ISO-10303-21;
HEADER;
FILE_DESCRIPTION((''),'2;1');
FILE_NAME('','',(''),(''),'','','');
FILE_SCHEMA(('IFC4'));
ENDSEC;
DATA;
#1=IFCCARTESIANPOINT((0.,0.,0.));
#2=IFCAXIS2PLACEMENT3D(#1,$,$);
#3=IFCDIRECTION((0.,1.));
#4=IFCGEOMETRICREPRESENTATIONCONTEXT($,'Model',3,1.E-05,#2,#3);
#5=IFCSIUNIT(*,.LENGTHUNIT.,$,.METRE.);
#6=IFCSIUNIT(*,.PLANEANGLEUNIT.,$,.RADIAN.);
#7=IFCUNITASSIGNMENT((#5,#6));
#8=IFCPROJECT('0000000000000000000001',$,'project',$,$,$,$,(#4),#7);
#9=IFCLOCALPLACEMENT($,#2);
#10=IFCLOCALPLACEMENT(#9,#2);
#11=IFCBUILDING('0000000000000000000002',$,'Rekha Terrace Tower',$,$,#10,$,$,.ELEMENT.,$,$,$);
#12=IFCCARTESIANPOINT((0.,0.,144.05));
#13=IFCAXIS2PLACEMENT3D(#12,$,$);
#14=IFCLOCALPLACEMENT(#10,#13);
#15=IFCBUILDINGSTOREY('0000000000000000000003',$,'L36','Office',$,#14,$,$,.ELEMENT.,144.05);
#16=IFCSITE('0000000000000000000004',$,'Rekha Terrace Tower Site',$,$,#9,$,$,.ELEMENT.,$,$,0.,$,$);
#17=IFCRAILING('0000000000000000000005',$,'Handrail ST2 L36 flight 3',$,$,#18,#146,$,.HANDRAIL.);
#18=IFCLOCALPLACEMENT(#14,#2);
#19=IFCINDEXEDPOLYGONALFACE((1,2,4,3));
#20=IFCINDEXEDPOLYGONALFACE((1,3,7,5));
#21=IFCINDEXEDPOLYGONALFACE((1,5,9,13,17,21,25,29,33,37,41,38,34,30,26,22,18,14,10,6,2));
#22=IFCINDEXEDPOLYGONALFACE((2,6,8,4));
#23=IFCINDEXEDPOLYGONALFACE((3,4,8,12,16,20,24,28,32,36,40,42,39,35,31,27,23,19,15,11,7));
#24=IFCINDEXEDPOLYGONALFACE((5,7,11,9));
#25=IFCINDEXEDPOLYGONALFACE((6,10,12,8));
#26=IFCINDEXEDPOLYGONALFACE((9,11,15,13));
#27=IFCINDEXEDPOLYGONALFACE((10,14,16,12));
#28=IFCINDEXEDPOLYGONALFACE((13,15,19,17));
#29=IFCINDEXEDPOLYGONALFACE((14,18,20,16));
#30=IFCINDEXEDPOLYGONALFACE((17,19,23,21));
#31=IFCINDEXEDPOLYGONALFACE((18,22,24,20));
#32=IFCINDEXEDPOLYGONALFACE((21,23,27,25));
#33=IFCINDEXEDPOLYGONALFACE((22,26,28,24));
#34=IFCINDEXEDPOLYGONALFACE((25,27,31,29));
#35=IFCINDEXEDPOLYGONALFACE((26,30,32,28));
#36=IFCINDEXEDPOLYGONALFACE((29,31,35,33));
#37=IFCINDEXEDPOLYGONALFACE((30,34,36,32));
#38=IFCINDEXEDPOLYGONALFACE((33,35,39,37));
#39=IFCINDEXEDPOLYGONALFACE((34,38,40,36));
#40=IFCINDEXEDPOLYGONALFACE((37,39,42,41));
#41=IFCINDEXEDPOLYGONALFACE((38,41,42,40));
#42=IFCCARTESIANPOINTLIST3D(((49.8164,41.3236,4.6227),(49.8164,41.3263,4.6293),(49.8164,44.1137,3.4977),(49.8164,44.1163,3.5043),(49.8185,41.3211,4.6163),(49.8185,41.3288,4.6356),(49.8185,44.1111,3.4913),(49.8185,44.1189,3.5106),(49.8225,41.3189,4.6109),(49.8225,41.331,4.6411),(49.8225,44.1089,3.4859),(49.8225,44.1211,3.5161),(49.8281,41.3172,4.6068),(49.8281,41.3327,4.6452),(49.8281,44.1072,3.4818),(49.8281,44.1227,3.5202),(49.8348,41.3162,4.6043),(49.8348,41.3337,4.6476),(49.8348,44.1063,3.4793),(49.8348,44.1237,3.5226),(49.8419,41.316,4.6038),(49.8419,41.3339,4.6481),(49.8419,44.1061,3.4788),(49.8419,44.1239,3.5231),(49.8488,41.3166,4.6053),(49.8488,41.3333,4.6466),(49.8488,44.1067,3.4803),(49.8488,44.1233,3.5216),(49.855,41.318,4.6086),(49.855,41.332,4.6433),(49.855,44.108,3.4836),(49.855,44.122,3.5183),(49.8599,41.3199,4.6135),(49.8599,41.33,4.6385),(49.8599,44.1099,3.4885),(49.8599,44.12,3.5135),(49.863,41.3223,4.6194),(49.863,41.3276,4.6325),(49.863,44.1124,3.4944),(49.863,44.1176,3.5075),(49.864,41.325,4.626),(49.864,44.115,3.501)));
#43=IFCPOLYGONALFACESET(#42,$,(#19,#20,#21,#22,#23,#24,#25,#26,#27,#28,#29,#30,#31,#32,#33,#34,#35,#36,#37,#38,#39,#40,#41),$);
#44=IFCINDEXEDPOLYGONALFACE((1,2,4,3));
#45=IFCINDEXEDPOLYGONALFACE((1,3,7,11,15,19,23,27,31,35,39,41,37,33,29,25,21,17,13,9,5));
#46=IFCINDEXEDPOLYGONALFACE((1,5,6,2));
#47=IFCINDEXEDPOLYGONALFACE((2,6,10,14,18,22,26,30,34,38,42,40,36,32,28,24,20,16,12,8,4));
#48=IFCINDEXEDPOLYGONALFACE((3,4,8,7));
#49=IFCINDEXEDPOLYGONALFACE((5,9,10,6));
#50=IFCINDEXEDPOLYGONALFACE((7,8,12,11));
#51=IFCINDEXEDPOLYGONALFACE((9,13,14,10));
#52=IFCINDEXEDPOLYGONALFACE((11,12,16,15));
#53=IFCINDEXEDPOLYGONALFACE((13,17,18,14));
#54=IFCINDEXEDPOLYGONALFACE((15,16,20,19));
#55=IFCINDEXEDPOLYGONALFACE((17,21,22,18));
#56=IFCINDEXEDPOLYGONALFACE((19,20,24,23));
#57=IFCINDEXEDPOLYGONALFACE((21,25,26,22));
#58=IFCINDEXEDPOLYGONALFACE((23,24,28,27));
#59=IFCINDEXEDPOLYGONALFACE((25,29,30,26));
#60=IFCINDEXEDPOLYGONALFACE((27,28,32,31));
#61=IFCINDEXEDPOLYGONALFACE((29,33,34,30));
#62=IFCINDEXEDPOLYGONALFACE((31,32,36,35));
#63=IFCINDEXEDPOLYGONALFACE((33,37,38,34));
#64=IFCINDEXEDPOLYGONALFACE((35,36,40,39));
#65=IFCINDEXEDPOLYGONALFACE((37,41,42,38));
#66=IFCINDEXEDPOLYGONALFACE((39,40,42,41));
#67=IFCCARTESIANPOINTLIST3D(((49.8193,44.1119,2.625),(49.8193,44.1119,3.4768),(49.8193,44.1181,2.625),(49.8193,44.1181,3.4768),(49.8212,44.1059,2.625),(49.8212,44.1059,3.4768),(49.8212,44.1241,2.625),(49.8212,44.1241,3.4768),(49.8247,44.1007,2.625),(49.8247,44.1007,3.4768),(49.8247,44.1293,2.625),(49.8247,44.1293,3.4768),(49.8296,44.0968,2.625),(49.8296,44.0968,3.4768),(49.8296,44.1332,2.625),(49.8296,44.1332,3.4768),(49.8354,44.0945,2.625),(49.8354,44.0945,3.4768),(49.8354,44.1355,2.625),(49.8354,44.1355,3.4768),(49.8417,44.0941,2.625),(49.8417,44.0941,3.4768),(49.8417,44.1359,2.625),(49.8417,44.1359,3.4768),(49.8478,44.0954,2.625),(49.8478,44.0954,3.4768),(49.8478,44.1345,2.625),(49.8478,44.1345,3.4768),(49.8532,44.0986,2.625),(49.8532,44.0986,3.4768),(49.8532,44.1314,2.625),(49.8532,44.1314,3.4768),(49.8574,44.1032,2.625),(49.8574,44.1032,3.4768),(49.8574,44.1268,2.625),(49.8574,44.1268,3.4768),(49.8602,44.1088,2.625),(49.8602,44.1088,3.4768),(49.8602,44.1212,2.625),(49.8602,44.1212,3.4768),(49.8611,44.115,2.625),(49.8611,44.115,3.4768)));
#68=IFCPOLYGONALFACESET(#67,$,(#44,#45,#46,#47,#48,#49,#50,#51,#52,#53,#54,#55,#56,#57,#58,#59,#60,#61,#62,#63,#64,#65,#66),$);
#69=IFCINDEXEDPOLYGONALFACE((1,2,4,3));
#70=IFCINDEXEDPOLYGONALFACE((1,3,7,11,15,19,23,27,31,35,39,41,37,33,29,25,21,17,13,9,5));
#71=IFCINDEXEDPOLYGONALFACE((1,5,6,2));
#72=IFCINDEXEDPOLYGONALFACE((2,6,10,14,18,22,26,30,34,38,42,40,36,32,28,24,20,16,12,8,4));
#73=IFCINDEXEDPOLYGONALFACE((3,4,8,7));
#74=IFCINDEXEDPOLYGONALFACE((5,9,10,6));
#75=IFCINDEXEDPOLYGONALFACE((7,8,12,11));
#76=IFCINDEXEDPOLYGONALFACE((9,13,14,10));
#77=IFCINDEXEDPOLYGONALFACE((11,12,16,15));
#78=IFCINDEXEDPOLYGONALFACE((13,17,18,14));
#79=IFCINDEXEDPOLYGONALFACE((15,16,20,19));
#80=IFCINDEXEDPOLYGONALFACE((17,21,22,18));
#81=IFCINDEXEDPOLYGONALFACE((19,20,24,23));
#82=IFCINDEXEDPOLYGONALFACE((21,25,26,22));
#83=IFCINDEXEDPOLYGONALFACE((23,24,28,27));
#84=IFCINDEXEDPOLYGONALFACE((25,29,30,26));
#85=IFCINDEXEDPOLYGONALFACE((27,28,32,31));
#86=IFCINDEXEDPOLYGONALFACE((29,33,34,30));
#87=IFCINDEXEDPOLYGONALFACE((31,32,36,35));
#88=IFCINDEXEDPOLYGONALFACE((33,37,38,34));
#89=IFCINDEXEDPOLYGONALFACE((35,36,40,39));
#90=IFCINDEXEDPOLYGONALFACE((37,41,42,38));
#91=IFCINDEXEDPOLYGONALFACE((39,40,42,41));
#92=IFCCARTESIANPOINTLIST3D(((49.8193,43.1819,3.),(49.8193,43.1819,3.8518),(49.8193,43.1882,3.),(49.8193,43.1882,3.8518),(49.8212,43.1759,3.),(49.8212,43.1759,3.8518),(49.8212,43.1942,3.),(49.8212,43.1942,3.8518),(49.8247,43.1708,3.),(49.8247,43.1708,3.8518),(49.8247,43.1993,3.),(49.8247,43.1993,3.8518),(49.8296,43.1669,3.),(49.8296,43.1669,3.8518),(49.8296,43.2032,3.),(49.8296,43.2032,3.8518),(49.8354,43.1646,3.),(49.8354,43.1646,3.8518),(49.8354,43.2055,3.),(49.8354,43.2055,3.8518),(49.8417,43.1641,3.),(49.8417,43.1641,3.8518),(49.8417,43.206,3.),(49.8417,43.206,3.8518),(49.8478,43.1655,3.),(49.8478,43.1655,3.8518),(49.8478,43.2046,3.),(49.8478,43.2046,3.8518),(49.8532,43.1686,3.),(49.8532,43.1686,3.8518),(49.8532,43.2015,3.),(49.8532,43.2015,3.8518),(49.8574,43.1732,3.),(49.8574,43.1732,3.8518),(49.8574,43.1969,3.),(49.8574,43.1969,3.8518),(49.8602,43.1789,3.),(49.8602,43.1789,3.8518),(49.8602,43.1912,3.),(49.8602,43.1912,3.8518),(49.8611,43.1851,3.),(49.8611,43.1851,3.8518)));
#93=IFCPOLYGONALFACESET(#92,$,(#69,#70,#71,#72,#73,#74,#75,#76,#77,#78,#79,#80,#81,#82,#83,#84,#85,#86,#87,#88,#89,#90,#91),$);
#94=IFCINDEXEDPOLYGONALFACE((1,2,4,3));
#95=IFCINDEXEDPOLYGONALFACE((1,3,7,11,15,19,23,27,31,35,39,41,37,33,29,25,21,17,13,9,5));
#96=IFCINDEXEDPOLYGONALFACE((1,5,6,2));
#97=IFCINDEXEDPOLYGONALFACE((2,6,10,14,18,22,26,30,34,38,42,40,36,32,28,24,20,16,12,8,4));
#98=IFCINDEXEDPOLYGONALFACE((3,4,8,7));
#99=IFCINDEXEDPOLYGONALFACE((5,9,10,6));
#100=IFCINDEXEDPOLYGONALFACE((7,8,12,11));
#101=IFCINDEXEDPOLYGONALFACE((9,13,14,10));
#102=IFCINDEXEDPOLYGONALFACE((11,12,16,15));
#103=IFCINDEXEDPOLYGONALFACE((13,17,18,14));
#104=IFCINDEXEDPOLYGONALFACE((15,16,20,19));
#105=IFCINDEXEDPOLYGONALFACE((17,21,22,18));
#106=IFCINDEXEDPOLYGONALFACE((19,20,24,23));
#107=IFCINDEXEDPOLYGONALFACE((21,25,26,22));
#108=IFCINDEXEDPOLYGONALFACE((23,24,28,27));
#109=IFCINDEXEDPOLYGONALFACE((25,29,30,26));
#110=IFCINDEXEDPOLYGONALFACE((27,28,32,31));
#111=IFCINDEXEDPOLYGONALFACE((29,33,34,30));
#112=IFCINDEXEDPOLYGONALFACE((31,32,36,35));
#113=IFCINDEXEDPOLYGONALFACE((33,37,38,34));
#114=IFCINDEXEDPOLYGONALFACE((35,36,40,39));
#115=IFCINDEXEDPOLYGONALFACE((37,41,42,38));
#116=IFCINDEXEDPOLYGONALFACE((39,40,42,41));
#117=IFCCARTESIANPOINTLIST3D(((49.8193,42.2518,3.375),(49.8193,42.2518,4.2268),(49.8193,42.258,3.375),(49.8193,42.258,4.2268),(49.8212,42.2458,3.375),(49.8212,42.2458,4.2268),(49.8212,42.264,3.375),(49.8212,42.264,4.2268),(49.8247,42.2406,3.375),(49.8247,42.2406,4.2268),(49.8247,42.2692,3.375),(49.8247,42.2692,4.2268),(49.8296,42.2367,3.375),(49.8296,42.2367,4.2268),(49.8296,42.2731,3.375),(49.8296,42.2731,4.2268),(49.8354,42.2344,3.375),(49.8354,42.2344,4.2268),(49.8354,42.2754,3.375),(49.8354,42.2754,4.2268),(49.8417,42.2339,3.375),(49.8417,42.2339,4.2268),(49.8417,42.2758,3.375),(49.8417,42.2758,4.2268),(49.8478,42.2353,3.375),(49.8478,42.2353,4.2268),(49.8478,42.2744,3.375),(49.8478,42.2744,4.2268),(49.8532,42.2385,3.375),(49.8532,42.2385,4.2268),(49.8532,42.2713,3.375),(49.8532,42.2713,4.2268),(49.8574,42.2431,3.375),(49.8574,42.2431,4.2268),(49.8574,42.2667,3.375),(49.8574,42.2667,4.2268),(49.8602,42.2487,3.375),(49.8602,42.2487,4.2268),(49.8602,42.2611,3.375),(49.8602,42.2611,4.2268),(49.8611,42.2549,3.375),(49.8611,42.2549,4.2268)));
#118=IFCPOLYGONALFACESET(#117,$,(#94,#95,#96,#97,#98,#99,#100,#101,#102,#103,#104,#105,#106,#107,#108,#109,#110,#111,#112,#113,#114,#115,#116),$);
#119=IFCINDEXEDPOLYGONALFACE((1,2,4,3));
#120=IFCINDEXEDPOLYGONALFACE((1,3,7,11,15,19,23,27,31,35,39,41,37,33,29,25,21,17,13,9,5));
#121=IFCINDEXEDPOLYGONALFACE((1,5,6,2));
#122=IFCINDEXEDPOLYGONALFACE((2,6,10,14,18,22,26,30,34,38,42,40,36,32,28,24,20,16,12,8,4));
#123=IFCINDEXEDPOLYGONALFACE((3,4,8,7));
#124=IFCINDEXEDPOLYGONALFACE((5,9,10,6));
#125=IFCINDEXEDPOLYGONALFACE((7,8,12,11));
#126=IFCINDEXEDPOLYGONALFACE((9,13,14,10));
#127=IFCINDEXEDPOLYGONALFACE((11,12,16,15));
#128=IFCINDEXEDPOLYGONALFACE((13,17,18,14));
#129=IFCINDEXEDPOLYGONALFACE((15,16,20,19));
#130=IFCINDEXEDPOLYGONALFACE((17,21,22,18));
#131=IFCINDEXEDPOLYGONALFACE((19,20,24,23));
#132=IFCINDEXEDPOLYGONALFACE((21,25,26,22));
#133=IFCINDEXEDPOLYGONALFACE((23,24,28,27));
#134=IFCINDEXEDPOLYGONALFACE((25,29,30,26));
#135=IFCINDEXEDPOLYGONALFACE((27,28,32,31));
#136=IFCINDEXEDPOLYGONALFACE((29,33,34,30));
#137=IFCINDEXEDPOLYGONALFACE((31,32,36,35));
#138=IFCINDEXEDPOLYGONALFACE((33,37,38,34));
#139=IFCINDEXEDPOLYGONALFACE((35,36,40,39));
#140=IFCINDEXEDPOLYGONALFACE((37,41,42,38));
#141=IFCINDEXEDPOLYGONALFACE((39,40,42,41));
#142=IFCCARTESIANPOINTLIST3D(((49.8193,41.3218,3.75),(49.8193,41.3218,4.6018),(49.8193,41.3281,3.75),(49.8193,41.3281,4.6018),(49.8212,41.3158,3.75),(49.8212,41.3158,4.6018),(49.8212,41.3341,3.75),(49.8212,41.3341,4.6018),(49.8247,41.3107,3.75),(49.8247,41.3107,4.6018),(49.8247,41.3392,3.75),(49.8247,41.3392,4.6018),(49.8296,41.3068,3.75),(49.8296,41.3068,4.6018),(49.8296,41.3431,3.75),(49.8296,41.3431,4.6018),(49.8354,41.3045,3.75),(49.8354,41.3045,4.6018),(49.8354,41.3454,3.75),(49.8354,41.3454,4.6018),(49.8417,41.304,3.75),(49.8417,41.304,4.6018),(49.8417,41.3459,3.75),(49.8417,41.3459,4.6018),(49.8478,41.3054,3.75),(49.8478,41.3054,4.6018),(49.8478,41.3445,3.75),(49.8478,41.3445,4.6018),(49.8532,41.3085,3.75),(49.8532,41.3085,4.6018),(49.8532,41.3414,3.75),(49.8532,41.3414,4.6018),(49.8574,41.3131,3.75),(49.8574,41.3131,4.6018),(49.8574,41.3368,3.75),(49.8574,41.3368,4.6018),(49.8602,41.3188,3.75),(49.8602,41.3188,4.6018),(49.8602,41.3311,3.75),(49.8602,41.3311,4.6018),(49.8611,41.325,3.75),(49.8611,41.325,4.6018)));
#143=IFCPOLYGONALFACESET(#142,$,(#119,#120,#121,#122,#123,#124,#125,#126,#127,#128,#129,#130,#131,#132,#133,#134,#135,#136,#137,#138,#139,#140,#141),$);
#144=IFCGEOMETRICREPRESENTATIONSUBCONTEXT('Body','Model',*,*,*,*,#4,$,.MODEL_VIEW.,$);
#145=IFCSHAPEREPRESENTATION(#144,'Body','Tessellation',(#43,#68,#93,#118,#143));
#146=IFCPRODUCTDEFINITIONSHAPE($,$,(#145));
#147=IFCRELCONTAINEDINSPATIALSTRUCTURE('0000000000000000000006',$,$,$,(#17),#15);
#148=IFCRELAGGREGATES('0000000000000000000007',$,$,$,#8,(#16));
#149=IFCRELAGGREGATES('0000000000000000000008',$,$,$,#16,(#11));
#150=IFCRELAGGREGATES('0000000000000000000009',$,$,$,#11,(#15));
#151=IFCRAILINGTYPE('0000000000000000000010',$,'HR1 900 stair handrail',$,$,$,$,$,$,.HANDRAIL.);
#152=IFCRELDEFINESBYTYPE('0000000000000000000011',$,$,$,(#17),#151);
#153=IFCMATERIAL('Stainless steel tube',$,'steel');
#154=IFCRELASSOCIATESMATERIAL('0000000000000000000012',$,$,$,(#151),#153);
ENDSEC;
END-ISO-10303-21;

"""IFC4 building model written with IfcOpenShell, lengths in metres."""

from ifc_helpers import new_model, si_unit, direction, frame, origin, origin_2d, place, context, subcontext, project, spatial, circle, extrude, material, type_object, element, save


model = new_model("IFC4")

# Units and contexts
model_context = context("Model", 3, precision=1e-05, world=origin(), true_north=direction((0.0, 1.0)))
body_context = subcontext(model_context, "Body", "Model", "MODEL_VIEW")
ifc_project = project(units=[si_unit("LENGTHUNIT", "METRE"), si_unit("PLANEANGLEUNIT", "RADIAN")], contexts=[model_context])

# Site, building, storey
site_placement = place(None, origin())
site = spatial("IfcSite", under=ifc_project, at=site_placement, Name="Rekha Terrace Tower Site", CompositionType="ELEMENT", RefElevation=0.0)
building_placement = place(site_placement, origin())
building = spatial("IfcBuilding", under=site, at=building_placement, Name="Rekha Terrace Tower", CompositionType="ELEMENT")
storey_placement = place(building_placement, frame((0.0, 0.0, 144.05)))
storey = spatial("IfcBuildingStorey", under=building, at=storey_placement, Name="L36", Description="Office", CompositionType="ELEMENT", Elevation=144.05)

# Railing
ifc_material_1 = material(Name="Stainless steel tube", Category="steel")
railing_type_1 = type_object("IfcRailingType", Name="HR1 900 stair handrail", PredefinedType="HANDRAIL", material=ifc_material_1)
railing_1_placement = place(storey_placement, frame((49.8401, 44.115, 2.625)))
element("IfcRailing", 1, at=railing_1_placement, inside=storey, type_object=railing_type_1, Name="Handrail ST2 L36 flight 3", PredefinedType="HANDRAIL", context=body_context, shape_type="SweptSolid", body=[
    extrude(circle(Radius=0.0239, at=origin_2d()), frame((0.0, 0.0, 0.876), z_axis=(0.0, -0.927443, 0.373964), x_axis=(1.0, 0.0, 0.0)), (0.0, 0.0, 1.0), 3.0083),
    extrude(circle(Radius=0.021, at=origin_2d()), origin(), (0.0, 0.0, 1.0), 0.8518),
    extrude(circle(Radius=0.021, at=origin_2d()), frame((0.0, -0.9299, 0.375)), (0.0, 0.0, 1.0), 0.8518),
    extrude(circle(Radius=0.021, at=origin_2d()), frame((0.0, -1.8601, 0.75)), (0.0, 0.0, 1.0), 0.8518),
    extrude(circle(Radius=0.021, at=origin_2d()), frame((0.0, -2.79, 1.125)), (0.0, 0.0, 1.0), 0.8518),
])

save(model, "model.ifc")
